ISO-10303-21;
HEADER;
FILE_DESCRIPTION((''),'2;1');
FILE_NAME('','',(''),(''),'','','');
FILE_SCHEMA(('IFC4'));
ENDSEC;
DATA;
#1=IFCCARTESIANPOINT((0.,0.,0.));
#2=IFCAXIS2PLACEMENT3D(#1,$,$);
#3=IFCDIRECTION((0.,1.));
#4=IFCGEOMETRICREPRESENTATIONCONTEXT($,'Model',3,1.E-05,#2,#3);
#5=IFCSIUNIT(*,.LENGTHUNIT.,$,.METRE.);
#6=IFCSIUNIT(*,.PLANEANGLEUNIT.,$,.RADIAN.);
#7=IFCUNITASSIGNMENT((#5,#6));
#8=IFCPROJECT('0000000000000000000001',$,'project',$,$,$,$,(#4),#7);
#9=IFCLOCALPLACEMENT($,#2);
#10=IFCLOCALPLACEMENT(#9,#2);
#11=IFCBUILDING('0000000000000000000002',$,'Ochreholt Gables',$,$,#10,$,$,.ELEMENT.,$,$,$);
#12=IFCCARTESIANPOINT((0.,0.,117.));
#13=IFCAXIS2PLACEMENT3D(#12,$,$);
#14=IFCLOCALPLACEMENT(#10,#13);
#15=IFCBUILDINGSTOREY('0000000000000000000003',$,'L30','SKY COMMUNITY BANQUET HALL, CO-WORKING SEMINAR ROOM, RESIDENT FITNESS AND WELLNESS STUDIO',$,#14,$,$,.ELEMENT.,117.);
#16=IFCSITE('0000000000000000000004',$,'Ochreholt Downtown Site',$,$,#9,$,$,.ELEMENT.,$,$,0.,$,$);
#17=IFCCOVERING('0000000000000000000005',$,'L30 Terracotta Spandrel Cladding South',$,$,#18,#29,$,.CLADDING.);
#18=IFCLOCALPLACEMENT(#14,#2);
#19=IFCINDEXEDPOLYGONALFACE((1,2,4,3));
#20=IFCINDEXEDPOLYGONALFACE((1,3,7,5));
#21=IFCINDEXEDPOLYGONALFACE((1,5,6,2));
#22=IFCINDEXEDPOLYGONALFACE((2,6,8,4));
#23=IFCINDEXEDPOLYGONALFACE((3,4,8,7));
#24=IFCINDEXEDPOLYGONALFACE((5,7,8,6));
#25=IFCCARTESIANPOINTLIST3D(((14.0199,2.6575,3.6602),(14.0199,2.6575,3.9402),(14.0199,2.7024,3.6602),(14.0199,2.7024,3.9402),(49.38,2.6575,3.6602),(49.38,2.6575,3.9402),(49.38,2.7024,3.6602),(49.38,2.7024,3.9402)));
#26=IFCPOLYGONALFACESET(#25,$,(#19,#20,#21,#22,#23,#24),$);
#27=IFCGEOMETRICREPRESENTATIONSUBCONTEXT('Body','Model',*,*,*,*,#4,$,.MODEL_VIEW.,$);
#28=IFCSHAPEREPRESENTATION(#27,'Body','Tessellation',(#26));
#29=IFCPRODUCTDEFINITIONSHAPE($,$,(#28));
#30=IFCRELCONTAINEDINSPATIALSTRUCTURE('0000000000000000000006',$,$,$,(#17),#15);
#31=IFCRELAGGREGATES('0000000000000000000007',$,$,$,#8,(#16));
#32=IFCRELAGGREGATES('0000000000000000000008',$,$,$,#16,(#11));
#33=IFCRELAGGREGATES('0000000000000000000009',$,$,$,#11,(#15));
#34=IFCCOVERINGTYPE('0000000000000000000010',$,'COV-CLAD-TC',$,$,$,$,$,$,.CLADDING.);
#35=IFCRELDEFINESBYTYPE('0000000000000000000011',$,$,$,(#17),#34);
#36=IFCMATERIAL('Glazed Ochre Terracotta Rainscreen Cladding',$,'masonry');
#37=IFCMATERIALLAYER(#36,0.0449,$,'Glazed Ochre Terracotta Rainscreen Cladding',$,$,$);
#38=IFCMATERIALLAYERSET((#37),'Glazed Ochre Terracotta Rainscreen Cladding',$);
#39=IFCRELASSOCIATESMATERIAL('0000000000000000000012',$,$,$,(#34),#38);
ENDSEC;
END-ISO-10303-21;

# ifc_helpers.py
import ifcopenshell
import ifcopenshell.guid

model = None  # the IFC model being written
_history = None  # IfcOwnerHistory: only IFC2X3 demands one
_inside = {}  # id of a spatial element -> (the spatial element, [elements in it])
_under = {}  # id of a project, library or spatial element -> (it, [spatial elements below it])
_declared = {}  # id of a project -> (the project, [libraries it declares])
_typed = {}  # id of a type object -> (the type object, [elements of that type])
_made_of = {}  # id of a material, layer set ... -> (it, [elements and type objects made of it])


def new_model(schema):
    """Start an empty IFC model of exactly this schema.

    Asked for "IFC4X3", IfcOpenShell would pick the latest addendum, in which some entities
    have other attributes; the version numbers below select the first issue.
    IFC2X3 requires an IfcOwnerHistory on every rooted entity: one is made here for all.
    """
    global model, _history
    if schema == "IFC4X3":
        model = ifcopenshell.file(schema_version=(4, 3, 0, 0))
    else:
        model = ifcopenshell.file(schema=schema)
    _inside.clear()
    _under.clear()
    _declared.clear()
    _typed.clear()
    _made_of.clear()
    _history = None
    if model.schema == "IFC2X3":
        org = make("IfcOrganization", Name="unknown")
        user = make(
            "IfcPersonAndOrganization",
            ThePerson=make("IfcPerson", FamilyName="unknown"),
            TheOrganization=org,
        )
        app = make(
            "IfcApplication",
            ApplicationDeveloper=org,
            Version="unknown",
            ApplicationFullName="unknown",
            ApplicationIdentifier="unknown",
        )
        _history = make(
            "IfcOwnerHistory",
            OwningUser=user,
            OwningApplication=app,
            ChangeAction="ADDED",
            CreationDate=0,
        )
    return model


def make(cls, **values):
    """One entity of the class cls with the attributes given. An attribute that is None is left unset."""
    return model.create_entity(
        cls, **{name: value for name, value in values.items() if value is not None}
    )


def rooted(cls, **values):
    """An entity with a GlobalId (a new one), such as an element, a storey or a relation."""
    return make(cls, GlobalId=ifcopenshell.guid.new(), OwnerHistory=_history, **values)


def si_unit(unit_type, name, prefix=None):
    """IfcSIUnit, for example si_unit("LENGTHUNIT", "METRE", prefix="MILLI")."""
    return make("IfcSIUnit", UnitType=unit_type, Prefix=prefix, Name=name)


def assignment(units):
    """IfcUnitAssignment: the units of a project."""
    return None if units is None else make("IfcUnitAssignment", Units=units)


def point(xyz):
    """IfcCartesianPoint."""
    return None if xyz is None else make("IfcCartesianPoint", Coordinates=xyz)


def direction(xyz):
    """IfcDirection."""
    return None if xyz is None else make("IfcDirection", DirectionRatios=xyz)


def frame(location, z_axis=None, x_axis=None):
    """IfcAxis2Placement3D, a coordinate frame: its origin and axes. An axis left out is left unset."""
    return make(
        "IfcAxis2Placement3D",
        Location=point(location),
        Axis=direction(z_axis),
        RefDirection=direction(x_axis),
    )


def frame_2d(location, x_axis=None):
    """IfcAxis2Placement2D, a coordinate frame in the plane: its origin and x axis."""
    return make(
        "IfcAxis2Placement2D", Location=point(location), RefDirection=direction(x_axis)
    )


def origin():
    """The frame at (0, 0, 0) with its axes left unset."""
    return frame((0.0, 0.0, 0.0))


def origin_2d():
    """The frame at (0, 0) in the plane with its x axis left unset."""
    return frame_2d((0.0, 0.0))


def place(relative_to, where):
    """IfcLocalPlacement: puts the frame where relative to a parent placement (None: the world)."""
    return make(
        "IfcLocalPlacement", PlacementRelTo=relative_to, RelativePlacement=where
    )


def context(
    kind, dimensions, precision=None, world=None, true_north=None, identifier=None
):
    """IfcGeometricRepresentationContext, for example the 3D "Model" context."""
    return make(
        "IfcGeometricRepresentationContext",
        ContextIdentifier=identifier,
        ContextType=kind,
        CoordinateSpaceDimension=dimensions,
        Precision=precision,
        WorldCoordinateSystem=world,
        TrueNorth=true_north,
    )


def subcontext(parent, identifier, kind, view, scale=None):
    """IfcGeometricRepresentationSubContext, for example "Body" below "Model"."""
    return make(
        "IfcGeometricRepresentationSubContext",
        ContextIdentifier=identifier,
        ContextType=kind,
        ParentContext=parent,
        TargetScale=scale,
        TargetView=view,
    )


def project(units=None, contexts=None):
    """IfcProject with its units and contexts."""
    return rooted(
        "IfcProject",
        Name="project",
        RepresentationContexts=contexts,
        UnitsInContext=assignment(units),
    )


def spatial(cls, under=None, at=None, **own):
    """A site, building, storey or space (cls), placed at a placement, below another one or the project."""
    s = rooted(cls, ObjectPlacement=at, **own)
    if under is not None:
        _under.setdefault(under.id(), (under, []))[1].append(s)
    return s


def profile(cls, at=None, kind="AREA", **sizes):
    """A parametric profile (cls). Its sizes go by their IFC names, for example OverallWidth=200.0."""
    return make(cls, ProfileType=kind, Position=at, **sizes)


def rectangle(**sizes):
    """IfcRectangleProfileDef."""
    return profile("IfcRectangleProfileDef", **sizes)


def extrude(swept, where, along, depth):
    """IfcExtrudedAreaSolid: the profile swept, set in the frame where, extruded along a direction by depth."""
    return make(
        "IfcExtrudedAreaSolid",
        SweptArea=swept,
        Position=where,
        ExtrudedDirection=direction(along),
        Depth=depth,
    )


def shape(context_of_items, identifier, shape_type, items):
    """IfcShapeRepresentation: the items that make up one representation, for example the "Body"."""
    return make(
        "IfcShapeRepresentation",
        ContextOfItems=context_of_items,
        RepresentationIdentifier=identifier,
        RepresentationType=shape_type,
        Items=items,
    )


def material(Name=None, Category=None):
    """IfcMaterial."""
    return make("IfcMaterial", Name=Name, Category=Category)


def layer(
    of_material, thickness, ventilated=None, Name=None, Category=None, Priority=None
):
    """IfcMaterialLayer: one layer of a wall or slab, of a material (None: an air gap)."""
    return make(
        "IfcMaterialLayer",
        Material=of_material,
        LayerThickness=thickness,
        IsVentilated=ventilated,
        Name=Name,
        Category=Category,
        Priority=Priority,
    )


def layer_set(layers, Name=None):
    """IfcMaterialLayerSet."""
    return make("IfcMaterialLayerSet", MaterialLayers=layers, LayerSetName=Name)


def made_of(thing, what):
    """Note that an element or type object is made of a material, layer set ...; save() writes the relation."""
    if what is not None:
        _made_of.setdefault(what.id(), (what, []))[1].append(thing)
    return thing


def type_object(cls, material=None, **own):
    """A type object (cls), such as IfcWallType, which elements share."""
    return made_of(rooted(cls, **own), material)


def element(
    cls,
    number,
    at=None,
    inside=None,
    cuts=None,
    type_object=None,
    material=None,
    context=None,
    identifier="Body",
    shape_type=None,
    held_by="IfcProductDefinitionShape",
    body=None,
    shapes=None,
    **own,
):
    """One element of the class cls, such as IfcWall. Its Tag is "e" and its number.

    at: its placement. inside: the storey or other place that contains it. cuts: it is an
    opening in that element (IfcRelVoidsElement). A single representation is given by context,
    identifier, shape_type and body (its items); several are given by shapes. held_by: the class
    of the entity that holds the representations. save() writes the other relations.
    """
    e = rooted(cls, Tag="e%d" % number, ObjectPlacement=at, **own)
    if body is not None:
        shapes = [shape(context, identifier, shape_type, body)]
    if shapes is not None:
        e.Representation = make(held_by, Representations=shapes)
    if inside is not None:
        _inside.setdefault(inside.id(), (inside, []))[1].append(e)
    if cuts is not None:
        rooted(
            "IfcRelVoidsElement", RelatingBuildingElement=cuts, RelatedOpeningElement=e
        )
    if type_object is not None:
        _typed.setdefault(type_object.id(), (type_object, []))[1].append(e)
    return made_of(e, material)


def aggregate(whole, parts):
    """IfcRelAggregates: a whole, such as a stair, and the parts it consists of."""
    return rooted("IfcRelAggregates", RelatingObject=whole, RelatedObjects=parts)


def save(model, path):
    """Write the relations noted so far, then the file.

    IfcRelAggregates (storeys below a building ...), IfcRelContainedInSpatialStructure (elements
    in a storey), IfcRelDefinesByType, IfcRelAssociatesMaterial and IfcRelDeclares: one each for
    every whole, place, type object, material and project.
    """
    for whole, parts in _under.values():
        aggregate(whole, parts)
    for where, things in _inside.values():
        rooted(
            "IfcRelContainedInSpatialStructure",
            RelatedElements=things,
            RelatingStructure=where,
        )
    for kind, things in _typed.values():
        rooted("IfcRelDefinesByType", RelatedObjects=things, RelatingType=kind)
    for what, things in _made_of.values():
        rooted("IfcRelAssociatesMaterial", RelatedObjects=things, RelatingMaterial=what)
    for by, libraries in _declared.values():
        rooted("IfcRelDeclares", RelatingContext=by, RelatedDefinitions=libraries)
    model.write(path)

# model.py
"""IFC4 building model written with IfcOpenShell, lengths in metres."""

from ifc_helpers import new_model, si_unit, direction, frame, origin, origin_2d, place, context, subcontext, project, spatial, rectangle, extrude, material, layer, layer_set, type_object, element, save


model = new_model("IFC4")

# Units and contexts
model_context = context("Model", 3, precision=1e-05, world=origin(), true_north=direction((0.0, 1.0)))
body_context = subcontext(model_context, "Body", "Model", "MODEL_VIEW")
ifc_project = project(units=[si_unit("LENGTHUNIT", "METRE"), si_unit("PLANEANGLEUNIT", "RADIAN")], contexts=[model_context])

# Site, building, storey
site_placement = place(None, origin())
site = spatial("IfcSite", under=ifc_project, at=site_placement, Name="Ochreholt Downtown Site", CompositionType="ELEMENT", RefElevation=0.0)
building_placement = place(site_placement, origin())
building = spatial("IfcBuilding", under=site, at=building_placement, Name="Ochreholt Gables", CompositionType="ELEMENT")
storey_placement = place(building_placement, frame((0.0, 0.0, 117.0)))
storey = spatial("IfcBuildingStorey", under=building, at=storey_placement, Name="L30", Description="SKY COMMUNITY BANQUET HALL, CO-WORKING SEMINAR ROOM, RESIDENT FITNESS AND WELLNESS STUDIO", CompositionType="ELEMENT", Elevation=117.0)

# Covering
ifc_material_1 = material(Name="Glazed Ochre Terracotta Rainscreen Cladding", Category="masonry")
ifc_layer_1 = layer(ifc_material_1, 0.0449, Name="Glazed Ochre Terracotta Rainscreen Cladding")
ifc_layer_set_1 = layer_set([ifc_layer_1], Name="Glazed Ochre Terracotta Rainscreen Cladding")
covering_type = type_object("IfcCoveringType", Name="COV-CLAD-TC", PredefinedType="CLADDING", material=ifc_layer_set_1)
covering_placement = place(storey_placement, frame((31.7, 2.6799, 3.6602), z_axis=(0.0, 0.0, 1.0), x_axis=(1.0, 0.0, 0.0)))
element("IfcCovering", 1, at=covering_placement, inside=storey, type_object=covering_type, Name="L30 Terracotta Spandrel Cladding South", PredefinedType="CLADDING", context=body_context, shape_type="SweptSolid", body=[
    extrude(rectangle(XDim=35.3601, YDim=0.0449, at=origin_2d()), origin(), (0.0, 0.0, 1.0), 0.28),
])

save(model, "model.ifc")
